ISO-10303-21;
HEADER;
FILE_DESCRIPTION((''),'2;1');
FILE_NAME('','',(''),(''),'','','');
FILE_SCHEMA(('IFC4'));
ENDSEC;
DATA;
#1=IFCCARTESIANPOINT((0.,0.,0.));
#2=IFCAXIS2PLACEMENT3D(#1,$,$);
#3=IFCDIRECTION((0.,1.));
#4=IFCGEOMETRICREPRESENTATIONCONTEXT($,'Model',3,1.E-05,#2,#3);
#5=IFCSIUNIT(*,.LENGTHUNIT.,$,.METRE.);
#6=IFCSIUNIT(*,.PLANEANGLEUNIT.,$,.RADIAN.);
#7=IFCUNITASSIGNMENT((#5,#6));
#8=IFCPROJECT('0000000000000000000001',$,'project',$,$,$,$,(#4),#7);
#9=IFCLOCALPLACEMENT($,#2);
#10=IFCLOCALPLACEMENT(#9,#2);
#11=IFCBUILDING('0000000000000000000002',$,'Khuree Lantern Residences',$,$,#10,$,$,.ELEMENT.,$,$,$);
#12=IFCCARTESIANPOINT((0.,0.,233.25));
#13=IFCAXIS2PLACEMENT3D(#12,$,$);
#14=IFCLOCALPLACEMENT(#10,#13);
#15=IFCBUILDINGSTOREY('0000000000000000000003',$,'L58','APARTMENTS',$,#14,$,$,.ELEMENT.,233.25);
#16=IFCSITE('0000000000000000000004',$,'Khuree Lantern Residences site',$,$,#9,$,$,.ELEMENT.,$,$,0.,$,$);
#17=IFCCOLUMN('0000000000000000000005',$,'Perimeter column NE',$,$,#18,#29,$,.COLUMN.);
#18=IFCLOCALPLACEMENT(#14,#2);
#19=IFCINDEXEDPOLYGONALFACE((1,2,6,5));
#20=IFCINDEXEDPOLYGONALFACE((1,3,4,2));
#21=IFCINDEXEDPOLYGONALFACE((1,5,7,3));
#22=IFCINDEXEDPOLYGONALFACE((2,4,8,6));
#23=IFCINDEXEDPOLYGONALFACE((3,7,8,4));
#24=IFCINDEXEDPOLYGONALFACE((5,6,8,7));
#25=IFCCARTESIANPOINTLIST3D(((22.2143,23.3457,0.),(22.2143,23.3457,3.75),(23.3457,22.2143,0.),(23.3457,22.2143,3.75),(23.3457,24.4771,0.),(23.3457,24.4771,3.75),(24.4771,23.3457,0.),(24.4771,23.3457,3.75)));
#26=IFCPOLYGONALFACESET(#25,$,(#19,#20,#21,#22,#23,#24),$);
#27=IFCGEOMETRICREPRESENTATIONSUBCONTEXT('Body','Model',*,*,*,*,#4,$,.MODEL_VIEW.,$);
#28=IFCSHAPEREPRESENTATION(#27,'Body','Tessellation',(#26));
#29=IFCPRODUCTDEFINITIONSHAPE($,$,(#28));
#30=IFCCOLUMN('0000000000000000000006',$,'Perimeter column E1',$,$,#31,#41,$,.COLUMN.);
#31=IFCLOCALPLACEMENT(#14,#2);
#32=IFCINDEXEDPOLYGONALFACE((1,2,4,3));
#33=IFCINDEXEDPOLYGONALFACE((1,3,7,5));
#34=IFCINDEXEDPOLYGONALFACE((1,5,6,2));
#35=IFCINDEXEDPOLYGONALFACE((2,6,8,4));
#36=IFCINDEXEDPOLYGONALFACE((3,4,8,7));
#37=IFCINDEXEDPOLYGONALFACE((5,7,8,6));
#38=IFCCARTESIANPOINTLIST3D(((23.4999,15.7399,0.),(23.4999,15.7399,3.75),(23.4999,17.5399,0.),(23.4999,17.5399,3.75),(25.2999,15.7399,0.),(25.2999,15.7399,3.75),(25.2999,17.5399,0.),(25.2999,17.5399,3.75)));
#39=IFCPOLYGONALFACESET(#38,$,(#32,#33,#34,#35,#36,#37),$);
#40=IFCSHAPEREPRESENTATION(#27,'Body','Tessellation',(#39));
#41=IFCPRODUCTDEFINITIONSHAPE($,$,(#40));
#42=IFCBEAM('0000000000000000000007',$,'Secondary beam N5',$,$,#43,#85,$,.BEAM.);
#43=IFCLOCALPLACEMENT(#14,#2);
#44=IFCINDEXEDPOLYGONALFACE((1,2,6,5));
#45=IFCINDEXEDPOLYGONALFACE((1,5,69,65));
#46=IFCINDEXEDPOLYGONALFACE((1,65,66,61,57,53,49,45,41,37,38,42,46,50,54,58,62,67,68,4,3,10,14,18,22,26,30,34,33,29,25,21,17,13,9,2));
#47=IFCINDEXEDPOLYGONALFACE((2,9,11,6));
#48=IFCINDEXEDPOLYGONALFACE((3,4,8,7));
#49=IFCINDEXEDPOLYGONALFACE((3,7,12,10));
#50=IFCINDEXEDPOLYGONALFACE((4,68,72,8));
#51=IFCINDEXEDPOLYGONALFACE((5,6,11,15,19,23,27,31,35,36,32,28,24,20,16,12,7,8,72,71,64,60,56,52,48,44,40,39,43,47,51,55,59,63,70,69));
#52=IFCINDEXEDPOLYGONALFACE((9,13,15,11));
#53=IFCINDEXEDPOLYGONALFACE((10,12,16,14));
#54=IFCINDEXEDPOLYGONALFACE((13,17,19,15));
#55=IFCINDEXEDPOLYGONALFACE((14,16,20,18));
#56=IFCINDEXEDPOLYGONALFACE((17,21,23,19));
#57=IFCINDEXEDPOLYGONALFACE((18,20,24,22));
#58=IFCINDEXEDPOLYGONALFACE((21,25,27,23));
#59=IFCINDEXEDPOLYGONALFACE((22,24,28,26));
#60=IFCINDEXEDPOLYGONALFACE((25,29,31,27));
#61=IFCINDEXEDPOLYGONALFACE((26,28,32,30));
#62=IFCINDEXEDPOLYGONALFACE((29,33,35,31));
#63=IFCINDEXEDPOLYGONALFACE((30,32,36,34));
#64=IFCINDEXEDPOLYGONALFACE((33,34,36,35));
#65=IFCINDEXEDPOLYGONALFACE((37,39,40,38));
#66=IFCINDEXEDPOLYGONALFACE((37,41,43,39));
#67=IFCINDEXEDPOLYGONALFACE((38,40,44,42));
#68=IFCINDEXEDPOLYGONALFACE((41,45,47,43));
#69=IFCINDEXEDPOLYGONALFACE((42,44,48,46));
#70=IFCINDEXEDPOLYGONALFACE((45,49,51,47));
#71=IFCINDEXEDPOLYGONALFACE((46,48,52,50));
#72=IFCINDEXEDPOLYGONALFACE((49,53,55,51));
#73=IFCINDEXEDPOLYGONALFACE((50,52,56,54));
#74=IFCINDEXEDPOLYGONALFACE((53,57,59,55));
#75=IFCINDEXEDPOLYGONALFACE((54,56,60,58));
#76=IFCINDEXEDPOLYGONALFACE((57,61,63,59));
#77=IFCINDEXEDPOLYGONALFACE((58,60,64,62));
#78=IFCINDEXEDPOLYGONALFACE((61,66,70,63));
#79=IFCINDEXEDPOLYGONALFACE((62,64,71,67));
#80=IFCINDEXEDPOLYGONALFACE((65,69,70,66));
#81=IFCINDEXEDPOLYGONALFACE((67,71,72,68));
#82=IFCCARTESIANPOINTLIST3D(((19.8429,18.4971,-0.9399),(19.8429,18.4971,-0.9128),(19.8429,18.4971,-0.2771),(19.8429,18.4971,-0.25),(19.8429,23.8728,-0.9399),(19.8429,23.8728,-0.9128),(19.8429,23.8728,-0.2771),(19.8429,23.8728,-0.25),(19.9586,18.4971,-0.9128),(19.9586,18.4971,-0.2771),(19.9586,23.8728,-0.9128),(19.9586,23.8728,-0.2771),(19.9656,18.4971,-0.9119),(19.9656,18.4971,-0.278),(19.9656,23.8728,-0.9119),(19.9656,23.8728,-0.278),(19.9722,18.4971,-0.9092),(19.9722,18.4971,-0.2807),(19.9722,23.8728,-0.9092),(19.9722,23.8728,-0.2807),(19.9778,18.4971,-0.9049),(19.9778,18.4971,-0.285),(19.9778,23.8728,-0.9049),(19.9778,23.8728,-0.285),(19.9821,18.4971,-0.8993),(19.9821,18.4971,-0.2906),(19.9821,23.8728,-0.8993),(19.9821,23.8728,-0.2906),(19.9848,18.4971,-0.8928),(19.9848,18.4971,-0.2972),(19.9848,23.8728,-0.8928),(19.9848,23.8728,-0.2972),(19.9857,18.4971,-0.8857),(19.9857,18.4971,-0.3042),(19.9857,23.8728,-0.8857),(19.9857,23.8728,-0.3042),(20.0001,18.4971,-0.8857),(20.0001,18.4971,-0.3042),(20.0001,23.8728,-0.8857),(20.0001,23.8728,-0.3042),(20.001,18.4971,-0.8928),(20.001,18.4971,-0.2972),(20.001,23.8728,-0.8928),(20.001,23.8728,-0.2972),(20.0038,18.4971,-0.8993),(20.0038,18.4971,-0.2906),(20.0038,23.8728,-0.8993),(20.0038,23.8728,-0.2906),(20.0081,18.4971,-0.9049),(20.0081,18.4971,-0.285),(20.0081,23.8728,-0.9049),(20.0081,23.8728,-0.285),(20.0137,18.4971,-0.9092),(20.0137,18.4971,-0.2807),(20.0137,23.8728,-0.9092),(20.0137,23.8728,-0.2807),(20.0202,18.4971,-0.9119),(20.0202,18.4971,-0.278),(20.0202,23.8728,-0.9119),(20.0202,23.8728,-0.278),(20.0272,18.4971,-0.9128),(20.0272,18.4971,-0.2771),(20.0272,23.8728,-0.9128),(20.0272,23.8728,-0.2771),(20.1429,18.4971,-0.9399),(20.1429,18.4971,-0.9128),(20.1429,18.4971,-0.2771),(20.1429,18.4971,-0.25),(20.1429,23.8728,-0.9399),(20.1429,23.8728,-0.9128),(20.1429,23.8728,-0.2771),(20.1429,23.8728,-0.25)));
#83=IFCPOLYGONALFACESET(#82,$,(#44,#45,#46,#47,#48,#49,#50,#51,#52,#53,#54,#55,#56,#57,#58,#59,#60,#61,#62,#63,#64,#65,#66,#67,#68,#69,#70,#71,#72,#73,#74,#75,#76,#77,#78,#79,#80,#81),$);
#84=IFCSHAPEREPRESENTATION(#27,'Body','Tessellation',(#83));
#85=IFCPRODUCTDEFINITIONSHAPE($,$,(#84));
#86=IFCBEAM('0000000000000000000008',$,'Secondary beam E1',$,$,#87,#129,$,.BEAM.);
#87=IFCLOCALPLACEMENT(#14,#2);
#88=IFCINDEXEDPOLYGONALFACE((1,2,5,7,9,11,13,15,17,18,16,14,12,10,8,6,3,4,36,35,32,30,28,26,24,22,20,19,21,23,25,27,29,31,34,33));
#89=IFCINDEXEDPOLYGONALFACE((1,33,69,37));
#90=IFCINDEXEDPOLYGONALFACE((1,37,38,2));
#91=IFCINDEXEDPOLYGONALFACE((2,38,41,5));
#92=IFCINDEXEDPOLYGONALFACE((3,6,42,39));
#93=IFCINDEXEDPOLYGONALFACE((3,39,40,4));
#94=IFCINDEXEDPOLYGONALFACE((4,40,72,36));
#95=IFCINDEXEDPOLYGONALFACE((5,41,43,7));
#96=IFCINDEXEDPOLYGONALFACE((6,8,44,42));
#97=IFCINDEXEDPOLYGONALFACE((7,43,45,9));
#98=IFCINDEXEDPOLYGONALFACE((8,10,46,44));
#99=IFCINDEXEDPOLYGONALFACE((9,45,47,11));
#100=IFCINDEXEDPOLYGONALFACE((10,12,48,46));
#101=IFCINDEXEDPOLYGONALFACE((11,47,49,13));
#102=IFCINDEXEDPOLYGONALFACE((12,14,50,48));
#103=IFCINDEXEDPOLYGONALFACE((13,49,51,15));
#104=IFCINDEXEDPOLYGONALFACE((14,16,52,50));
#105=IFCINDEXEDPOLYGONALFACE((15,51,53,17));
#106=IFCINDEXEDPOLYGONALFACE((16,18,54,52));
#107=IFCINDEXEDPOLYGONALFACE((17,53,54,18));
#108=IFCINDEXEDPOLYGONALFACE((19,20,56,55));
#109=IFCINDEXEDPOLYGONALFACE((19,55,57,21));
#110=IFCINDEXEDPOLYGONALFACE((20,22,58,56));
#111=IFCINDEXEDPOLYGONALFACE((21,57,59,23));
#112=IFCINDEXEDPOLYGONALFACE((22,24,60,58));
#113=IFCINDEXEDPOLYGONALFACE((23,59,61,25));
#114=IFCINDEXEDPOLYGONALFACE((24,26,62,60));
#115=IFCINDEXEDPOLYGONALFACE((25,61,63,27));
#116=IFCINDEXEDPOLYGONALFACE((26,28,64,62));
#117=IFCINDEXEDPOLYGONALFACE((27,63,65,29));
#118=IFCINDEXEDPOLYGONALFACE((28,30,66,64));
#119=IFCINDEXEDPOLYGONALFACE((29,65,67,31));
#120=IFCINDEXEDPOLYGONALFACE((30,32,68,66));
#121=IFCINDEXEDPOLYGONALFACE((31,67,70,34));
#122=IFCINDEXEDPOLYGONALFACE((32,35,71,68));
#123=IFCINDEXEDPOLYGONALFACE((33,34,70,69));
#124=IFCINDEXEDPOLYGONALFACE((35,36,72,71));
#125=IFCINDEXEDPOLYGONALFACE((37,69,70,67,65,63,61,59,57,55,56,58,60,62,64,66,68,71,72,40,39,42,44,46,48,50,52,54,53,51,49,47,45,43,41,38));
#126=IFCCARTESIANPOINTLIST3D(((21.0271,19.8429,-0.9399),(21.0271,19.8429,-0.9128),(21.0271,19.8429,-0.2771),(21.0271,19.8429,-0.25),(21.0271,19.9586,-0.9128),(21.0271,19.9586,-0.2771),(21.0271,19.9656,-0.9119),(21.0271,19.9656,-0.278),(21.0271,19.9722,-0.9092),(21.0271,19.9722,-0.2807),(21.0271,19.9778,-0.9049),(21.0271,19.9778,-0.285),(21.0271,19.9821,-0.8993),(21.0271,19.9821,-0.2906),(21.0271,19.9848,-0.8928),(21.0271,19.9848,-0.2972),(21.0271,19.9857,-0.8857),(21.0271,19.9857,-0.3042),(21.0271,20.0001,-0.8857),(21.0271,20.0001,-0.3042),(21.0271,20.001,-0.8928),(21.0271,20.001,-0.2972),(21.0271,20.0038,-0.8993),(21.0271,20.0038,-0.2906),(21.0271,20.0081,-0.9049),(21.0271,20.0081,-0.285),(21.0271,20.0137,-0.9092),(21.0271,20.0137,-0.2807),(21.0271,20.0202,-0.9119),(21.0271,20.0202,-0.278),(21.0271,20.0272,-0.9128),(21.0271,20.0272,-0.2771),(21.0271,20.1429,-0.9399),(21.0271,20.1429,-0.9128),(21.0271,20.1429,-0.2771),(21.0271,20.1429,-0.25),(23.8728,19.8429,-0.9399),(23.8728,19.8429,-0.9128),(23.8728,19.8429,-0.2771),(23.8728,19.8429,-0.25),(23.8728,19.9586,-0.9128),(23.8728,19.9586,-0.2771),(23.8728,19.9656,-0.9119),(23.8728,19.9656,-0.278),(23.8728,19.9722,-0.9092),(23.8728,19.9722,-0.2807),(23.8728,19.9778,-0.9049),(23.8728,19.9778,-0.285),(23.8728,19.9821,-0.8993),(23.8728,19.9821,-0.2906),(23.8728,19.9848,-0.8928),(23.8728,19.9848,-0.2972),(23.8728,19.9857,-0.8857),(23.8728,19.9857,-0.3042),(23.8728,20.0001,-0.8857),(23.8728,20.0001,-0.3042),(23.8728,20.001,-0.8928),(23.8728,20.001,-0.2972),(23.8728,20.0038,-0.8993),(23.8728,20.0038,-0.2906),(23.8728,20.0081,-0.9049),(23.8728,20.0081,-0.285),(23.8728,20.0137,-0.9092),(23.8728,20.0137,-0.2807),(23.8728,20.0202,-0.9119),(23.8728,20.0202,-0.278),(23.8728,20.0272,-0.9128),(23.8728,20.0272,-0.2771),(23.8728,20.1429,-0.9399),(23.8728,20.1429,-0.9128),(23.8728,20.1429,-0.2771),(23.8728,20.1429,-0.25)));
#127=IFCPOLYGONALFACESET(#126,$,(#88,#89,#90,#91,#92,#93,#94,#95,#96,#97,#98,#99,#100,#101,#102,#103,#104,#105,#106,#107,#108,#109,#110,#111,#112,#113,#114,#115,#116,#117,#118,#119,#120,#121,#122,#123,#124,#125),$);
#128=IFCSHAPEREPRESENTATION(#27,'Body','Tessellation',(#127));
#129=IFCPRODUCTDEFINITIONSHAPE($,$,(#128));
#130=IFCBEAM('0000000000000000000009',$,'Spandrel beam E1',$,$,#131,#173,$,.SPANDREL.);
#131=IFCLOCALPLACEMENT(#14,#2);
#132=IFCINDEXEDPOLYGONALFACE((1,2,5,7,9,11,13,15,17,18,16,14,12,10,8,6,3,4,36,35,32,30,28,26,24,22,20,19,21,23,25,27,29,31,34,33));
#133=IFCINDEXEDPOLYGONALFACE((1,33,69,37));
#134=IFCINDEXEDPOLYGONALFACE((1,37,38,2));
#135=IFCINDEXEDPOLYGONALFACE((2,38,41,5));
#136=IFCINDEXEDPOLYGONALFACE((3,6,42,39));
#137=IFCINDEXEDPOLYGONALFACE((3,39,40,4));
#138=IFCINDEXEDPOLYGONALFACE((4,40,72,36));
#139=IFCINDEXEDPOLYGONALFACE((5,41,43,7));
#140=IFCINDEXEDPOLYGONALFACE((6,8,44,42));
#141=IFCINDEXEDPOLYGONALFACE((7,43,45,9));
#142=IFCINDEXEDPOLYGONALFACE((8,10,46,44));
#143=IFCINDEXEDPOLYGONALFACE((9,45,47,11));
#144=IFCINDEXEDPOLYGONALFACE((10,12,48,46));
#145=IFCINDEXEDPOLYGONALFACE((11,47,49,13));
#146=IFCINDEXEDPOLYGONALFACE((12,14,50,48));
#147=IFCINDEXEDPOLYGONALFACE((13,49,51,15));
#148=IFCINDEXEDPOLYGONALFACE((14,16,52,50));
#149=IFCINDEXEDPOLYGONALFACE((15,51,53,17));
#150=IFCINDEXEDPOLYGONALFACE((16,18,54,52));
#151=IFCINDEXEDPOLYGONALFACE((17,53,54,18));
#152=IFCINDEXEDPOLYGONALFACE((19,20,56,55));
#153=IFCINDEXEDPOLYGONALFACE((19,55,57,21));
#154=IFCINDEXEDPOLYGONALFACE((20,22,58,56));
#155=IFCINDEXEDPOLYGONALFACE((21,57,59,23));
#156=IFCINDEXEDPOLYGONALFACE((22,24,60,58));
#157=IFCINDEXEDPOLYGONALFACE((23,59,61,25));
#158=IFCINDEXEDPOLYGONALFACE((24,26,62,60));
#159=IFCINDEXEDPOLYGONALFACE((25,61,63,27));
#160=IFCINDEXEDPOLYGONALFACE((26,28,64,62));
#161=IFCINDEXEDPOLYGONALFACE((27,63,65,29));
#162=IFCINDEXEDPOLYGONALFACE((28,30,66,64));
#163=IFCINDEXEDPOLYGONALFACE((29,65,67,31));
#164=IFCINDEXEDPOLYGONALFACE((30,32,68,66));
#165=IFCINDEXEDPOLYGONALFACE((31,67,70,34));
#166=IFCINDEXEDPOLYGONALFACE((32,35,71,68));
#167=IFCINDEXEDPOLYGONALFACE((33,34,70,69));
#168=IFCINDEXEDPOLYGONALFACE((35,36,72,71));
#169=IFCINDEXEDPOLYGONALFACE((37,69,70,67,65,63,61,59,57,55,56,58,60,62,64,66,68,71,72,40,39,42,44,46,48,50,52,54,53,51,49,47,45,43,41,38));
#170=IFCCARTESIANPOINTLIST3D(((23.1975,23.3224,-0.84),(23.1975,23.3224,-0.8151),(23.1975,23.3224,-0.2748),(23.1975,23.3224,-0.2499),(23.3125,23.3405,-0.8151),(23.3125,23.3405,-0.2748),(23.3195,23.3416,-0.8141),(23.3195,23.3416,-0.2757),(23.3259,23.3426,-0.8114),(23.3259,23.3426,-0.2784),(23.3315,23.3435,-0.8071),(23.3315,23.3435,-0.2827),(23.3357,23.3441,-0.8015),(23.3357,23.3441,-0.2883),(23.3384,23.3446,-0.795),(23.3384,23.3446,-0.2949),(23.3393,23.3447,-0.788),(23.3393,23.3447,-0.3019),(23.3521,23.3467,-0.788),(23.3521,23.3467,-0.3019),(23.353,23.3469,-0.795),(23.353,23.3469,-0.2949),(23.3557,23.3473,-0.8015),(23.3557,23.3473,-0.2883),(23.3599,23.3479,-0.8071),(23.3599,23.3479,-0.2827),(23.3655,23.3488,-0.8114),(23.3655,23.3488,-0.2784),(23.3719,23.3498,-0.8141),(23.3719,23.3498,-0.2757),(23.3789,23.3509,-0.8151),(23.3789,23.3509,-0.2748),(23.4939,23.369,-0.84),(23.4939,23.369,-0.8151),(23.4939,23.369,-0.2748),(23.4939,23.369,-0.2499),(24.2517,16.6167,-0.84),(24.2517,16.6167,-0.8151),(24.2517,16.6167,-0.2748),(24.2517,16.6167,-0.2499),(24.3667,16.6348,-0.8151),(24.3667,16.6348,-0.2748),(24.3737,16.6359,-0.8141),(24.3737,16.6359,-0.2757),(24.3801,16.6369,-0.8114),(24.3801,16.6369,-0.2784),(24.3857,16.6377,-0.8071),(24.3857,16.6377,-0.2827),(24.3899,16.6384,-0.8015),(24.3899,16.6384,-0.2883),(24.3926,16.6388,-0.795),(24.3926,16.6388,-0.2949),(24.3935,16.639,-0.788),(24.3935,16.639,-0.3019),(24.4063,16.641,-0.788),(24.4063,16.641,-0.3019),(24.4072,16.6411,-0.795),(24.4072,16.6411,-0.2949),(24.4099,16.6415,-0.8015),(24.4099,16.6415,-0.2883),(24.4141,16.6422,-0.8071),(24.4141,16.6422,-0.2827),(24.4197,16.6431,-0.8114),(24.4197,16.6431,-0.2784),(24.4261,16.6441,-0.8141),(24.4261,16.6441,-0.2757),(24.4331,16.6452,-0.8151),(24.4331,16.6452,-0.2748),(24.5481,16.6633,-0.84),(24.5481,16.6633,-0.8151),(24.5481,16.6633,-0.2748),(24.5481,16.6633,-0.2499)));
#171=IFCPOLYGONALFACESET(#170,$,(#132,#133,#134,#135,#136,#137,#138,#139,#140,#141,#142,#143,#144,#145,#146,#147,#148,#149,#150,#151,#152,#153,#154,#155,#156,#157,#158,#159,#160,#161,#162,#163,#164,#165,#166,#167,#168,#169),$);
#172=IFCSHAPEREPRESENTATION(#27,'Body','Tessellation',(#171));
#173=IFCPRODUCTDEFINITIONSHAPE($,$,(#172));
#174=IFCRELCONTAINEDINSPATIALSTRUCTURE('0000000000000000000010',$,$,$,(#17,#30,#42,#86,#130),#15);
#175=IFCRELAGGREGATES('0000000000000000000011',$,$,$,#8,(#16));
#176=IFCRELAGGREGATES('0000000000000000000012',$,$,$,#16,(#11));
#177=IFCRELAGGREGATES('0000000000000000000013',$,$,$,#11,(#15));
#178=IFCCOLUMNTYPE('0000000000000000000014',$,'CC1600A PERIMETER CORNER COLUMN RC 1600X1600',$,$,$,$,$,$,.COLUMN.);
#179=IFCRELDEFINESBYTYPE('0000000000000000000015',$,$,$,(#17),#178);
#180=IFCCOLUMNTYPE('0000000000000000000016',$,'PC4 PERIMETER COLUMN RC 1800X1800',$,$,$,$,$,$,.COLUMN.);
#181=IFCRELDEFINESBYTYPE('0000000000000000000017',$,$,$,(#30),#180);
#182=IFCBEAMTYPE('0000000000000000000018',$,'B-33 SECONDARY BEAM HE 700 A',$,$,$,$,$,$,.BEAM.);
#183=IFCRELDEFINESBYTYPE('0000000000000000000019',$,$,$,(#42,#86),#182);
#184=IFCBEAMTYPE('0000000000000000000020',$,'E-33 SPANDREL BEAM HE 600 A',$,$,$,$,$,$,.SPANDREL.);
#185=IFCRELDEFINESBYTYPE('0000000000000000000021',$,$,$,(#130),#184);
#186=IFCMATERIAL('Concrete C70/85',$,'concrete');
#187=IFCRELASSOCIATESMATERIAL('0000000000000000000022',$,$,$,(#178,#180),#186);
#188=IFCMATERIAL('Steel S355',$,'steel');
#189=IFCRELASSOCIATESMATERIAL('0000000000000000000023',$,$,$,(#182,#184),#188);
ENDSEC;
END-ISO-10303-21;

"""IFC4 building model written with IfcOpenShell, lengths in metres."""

from ifc_helpers import new_model, si_unit, direction, frame, origin, origin_2d, place, context, subcontext, project, spatial, rectangle, i_section, extrude, material, material_profile, profile_set, type_object, element, save


model = new_model("IFC4")

# Units and contexts
model_context = context("Model", 3, precision=1e-05, world=origin(), true_north=direction((0.0, 1.0)))
body_context = subcontext(model_context, "Body", "Model", "MODEL_VIEW")
ifc_project = project(units=[si_unit("LENGTHUNIT", "METRE"), si_unit("PLANEANGLEUNIT", "RADIAN")], contexts=[model_context])

# Site, building, storey
site_placement = place(None, origin())
site = spatial("IfcSite", under=ifc_project, at=site_placement, Name="Khuree Lantern Residences site", CompositionType="ELEMENT", RefElevation=0.0)
building_placement = place(site_placement, origin())
building = spatial("IfcBuilding", under=site, at=building_placement, Name="Khuree Lantern Residences", CompositionType="ELEMENT")
storey_placement = place(building_placement, frame((0.0, 0.0, 233.25)))
storey = spatial("IfcBuildingStorey", under=building, at=storey_placement, Name="L58", Description="APARTMENTS", CompositionType="ELEMENT", Elevation=233.25)

# Columns
ifc_material_1 = material(Name="Concrete C70/85", Category="concrete")
ifc_material_profile_1 = material_profile(ifc_material_1, rectangle(XDim=1.6001, YDim=1.6001, at=origin_2d()), Name="RC 1600X1600")
ifc_profile_set_1 = profile_set([ifc_material_profile_1], Name="Concrete C70/85")
column_type_1 = type_object("IfcColumnType", Name="CC1600A PERIMETER CORNER COLUMN RC 1600X1600", PredefinedType="COLUMN", material=ifc_profile_set_1)
column_1_placement = place(storey_placement, frame((23.3457, 23.3457, 0.0), z_axis=(0.0, 0.0, 1.0), x_axis=(0.707107, -0.707107, 0.0)))
element("IfcColumn", 1, at=column_1_placement, inside=storey, type_object=column_type_1, Name="Perimeter column NE", PredefinedType="COLUMN", context=body_context, shape_type="SweptSolid", body=[
    extrude(rectangle(XDim=1.6001, YDim=1.6001, at=origin_2d()), origin(), (0.0, 0.0, 1.0), 3.75),
])
ifc_material_profile_2 = material_profile(ifc_material_1, rectangle(XDim=1.8, YDim=1.8, at=origin_2d()), Name="RC 1800X1800")
ifc_profile_set_2 = profile_set([ifc_material_profile_2], Name="Concrete C70/85")
column_type_2 = type_object("IfcColumnType", Name="PC4 PERIMETER COLUMN RC 1800X1800", PredefinedType="COLUMN", material=ifc_profile_set_2)
column_2_placement = place(storey_placement, frame((24.3999, 16.6399, 0.0), z_axis=(0.0, 0.0, 1.0), x_axis=(0.0, 1.0, 0.0)))
element("IfcColumn", 2, at=column_2_placement, inside=storey, type_object=column_type_2, Name="Perimeter column E1", PredefinedType="COLUMN", context=body_context, shape_type="SweptSolid", body=[
    extrude(rectangle(XDim=1.8, YDim=1.8, at=origin_2d()), origin(), (0.0, 0.0, 1.0), 3.75),
])

# Beams
ifc_material_2 = material(Name="Steel S355", Category="steel")
ifc_material_profile_3 = material_profile(ifc_material_2, i_section(OverallWidth=0.3, OverallDepth=0.6899, WebThickness=0.0144, FlangeThickness=0.0271, FilletRadius=0.0271, at=origin_2d()), Name="HE 700 A")
ifc_profile_set_3 = profile_set([ifc_material_profile_3], Name="Steel S355")
beam_type_1 = type_object("IfcBeamType", Name="B-33 SECONDARY BEAM HE 700 A", PredefinedType="BEAM", material=ifc_profile_set_3)
beam_1_placement = place(storey_placement, frame((19.9929, 23.8728, -0.595), z_axis=(0.0, -1.0, 0.0), x_axis=(1.0, 0.0, 0.0)))
element("IfcBeam", 3, at=beam_1_placement, inside=storey, type_object=beam_type_1, Name="Secondary beam N5", PredefinedType="BEAM", context=body_context, shape_type="SweptSolid", body=[
    extrude(i_section(OverallWidth=0.3, OverallDepth=0.6899, WebThickness=0.0144, FlangeThickness=0.0271, FilletRadius=0.0271, at=origin_2d()), origin(), (0.0, 0.0, 1.0), 5.3757),
])
beam_2_placement = place(storey_placement, frame((23.8728, 19.9929, -0.595), z_axis=(-1.0, 0.0, 0.0), x_axis=(0.0, -1.0, 0.0)))
element("IfcBeam", 4, at=beam_2_placement, inside=storey, type_object=beam_type_1, Name="Secondary beam E1", PredefinedType="BEAM", context=body_context, shape_type="SweptSolid", body=[
    extrude(i_section(OverallWidth=0.3, OverallDepth=0.6899, WebThickness=0.0144, FlangeThickness=0.0271, FilletRadius=0.0271, at=origin_2d()), origin(), (0.0, 0.0, 1.0), 2.8457),
])
ifc_material_profile_4 = material_profile(ifc_material_2, i_section(OverallWidth=0.3, OverallDepth=0.5901, WebThickness=0.0129, FlangeThickness=0.0249, FilletRadius=0.0271, at=origin_2d()), Name="HE 600 A")
ifc_profile_set_4 = profile_set([ifc_material_profile_4], Name="Steel S355")
beam_type_2 = type_object("IfcBeamType", Name="E-33 SPANDREL BEAM HE 600 A", PredefinedType="SPANDREL", material=ifc_profile_set_4)
beam_3_placement = place(storey_placement, frame((23.3457, 23.3457, -0.5449), z_axis=(0.1553, -0.987867, 0.0), x_axis=(0.987867, 0.1553, 0.0)))
element("IfcBeam", 5, at=beam_3_placement, inside=storey, type_object=beam_type_2, Name="Spandrel beam E1", PredefinedType="SPANDREL", context=body_context, shape_type="SweptSolid", body=[
    extrude(i_section(OverallWidth=0.3, OverallDepth=0.5901, WebThickness=0.0129, FlangeThickness=0.0249, FilletRadius=0.0271, at=origin_2d()), origin(), (0.0, 0.0, 1.0), 6.7881),
])

save(model, "model.ifc")
